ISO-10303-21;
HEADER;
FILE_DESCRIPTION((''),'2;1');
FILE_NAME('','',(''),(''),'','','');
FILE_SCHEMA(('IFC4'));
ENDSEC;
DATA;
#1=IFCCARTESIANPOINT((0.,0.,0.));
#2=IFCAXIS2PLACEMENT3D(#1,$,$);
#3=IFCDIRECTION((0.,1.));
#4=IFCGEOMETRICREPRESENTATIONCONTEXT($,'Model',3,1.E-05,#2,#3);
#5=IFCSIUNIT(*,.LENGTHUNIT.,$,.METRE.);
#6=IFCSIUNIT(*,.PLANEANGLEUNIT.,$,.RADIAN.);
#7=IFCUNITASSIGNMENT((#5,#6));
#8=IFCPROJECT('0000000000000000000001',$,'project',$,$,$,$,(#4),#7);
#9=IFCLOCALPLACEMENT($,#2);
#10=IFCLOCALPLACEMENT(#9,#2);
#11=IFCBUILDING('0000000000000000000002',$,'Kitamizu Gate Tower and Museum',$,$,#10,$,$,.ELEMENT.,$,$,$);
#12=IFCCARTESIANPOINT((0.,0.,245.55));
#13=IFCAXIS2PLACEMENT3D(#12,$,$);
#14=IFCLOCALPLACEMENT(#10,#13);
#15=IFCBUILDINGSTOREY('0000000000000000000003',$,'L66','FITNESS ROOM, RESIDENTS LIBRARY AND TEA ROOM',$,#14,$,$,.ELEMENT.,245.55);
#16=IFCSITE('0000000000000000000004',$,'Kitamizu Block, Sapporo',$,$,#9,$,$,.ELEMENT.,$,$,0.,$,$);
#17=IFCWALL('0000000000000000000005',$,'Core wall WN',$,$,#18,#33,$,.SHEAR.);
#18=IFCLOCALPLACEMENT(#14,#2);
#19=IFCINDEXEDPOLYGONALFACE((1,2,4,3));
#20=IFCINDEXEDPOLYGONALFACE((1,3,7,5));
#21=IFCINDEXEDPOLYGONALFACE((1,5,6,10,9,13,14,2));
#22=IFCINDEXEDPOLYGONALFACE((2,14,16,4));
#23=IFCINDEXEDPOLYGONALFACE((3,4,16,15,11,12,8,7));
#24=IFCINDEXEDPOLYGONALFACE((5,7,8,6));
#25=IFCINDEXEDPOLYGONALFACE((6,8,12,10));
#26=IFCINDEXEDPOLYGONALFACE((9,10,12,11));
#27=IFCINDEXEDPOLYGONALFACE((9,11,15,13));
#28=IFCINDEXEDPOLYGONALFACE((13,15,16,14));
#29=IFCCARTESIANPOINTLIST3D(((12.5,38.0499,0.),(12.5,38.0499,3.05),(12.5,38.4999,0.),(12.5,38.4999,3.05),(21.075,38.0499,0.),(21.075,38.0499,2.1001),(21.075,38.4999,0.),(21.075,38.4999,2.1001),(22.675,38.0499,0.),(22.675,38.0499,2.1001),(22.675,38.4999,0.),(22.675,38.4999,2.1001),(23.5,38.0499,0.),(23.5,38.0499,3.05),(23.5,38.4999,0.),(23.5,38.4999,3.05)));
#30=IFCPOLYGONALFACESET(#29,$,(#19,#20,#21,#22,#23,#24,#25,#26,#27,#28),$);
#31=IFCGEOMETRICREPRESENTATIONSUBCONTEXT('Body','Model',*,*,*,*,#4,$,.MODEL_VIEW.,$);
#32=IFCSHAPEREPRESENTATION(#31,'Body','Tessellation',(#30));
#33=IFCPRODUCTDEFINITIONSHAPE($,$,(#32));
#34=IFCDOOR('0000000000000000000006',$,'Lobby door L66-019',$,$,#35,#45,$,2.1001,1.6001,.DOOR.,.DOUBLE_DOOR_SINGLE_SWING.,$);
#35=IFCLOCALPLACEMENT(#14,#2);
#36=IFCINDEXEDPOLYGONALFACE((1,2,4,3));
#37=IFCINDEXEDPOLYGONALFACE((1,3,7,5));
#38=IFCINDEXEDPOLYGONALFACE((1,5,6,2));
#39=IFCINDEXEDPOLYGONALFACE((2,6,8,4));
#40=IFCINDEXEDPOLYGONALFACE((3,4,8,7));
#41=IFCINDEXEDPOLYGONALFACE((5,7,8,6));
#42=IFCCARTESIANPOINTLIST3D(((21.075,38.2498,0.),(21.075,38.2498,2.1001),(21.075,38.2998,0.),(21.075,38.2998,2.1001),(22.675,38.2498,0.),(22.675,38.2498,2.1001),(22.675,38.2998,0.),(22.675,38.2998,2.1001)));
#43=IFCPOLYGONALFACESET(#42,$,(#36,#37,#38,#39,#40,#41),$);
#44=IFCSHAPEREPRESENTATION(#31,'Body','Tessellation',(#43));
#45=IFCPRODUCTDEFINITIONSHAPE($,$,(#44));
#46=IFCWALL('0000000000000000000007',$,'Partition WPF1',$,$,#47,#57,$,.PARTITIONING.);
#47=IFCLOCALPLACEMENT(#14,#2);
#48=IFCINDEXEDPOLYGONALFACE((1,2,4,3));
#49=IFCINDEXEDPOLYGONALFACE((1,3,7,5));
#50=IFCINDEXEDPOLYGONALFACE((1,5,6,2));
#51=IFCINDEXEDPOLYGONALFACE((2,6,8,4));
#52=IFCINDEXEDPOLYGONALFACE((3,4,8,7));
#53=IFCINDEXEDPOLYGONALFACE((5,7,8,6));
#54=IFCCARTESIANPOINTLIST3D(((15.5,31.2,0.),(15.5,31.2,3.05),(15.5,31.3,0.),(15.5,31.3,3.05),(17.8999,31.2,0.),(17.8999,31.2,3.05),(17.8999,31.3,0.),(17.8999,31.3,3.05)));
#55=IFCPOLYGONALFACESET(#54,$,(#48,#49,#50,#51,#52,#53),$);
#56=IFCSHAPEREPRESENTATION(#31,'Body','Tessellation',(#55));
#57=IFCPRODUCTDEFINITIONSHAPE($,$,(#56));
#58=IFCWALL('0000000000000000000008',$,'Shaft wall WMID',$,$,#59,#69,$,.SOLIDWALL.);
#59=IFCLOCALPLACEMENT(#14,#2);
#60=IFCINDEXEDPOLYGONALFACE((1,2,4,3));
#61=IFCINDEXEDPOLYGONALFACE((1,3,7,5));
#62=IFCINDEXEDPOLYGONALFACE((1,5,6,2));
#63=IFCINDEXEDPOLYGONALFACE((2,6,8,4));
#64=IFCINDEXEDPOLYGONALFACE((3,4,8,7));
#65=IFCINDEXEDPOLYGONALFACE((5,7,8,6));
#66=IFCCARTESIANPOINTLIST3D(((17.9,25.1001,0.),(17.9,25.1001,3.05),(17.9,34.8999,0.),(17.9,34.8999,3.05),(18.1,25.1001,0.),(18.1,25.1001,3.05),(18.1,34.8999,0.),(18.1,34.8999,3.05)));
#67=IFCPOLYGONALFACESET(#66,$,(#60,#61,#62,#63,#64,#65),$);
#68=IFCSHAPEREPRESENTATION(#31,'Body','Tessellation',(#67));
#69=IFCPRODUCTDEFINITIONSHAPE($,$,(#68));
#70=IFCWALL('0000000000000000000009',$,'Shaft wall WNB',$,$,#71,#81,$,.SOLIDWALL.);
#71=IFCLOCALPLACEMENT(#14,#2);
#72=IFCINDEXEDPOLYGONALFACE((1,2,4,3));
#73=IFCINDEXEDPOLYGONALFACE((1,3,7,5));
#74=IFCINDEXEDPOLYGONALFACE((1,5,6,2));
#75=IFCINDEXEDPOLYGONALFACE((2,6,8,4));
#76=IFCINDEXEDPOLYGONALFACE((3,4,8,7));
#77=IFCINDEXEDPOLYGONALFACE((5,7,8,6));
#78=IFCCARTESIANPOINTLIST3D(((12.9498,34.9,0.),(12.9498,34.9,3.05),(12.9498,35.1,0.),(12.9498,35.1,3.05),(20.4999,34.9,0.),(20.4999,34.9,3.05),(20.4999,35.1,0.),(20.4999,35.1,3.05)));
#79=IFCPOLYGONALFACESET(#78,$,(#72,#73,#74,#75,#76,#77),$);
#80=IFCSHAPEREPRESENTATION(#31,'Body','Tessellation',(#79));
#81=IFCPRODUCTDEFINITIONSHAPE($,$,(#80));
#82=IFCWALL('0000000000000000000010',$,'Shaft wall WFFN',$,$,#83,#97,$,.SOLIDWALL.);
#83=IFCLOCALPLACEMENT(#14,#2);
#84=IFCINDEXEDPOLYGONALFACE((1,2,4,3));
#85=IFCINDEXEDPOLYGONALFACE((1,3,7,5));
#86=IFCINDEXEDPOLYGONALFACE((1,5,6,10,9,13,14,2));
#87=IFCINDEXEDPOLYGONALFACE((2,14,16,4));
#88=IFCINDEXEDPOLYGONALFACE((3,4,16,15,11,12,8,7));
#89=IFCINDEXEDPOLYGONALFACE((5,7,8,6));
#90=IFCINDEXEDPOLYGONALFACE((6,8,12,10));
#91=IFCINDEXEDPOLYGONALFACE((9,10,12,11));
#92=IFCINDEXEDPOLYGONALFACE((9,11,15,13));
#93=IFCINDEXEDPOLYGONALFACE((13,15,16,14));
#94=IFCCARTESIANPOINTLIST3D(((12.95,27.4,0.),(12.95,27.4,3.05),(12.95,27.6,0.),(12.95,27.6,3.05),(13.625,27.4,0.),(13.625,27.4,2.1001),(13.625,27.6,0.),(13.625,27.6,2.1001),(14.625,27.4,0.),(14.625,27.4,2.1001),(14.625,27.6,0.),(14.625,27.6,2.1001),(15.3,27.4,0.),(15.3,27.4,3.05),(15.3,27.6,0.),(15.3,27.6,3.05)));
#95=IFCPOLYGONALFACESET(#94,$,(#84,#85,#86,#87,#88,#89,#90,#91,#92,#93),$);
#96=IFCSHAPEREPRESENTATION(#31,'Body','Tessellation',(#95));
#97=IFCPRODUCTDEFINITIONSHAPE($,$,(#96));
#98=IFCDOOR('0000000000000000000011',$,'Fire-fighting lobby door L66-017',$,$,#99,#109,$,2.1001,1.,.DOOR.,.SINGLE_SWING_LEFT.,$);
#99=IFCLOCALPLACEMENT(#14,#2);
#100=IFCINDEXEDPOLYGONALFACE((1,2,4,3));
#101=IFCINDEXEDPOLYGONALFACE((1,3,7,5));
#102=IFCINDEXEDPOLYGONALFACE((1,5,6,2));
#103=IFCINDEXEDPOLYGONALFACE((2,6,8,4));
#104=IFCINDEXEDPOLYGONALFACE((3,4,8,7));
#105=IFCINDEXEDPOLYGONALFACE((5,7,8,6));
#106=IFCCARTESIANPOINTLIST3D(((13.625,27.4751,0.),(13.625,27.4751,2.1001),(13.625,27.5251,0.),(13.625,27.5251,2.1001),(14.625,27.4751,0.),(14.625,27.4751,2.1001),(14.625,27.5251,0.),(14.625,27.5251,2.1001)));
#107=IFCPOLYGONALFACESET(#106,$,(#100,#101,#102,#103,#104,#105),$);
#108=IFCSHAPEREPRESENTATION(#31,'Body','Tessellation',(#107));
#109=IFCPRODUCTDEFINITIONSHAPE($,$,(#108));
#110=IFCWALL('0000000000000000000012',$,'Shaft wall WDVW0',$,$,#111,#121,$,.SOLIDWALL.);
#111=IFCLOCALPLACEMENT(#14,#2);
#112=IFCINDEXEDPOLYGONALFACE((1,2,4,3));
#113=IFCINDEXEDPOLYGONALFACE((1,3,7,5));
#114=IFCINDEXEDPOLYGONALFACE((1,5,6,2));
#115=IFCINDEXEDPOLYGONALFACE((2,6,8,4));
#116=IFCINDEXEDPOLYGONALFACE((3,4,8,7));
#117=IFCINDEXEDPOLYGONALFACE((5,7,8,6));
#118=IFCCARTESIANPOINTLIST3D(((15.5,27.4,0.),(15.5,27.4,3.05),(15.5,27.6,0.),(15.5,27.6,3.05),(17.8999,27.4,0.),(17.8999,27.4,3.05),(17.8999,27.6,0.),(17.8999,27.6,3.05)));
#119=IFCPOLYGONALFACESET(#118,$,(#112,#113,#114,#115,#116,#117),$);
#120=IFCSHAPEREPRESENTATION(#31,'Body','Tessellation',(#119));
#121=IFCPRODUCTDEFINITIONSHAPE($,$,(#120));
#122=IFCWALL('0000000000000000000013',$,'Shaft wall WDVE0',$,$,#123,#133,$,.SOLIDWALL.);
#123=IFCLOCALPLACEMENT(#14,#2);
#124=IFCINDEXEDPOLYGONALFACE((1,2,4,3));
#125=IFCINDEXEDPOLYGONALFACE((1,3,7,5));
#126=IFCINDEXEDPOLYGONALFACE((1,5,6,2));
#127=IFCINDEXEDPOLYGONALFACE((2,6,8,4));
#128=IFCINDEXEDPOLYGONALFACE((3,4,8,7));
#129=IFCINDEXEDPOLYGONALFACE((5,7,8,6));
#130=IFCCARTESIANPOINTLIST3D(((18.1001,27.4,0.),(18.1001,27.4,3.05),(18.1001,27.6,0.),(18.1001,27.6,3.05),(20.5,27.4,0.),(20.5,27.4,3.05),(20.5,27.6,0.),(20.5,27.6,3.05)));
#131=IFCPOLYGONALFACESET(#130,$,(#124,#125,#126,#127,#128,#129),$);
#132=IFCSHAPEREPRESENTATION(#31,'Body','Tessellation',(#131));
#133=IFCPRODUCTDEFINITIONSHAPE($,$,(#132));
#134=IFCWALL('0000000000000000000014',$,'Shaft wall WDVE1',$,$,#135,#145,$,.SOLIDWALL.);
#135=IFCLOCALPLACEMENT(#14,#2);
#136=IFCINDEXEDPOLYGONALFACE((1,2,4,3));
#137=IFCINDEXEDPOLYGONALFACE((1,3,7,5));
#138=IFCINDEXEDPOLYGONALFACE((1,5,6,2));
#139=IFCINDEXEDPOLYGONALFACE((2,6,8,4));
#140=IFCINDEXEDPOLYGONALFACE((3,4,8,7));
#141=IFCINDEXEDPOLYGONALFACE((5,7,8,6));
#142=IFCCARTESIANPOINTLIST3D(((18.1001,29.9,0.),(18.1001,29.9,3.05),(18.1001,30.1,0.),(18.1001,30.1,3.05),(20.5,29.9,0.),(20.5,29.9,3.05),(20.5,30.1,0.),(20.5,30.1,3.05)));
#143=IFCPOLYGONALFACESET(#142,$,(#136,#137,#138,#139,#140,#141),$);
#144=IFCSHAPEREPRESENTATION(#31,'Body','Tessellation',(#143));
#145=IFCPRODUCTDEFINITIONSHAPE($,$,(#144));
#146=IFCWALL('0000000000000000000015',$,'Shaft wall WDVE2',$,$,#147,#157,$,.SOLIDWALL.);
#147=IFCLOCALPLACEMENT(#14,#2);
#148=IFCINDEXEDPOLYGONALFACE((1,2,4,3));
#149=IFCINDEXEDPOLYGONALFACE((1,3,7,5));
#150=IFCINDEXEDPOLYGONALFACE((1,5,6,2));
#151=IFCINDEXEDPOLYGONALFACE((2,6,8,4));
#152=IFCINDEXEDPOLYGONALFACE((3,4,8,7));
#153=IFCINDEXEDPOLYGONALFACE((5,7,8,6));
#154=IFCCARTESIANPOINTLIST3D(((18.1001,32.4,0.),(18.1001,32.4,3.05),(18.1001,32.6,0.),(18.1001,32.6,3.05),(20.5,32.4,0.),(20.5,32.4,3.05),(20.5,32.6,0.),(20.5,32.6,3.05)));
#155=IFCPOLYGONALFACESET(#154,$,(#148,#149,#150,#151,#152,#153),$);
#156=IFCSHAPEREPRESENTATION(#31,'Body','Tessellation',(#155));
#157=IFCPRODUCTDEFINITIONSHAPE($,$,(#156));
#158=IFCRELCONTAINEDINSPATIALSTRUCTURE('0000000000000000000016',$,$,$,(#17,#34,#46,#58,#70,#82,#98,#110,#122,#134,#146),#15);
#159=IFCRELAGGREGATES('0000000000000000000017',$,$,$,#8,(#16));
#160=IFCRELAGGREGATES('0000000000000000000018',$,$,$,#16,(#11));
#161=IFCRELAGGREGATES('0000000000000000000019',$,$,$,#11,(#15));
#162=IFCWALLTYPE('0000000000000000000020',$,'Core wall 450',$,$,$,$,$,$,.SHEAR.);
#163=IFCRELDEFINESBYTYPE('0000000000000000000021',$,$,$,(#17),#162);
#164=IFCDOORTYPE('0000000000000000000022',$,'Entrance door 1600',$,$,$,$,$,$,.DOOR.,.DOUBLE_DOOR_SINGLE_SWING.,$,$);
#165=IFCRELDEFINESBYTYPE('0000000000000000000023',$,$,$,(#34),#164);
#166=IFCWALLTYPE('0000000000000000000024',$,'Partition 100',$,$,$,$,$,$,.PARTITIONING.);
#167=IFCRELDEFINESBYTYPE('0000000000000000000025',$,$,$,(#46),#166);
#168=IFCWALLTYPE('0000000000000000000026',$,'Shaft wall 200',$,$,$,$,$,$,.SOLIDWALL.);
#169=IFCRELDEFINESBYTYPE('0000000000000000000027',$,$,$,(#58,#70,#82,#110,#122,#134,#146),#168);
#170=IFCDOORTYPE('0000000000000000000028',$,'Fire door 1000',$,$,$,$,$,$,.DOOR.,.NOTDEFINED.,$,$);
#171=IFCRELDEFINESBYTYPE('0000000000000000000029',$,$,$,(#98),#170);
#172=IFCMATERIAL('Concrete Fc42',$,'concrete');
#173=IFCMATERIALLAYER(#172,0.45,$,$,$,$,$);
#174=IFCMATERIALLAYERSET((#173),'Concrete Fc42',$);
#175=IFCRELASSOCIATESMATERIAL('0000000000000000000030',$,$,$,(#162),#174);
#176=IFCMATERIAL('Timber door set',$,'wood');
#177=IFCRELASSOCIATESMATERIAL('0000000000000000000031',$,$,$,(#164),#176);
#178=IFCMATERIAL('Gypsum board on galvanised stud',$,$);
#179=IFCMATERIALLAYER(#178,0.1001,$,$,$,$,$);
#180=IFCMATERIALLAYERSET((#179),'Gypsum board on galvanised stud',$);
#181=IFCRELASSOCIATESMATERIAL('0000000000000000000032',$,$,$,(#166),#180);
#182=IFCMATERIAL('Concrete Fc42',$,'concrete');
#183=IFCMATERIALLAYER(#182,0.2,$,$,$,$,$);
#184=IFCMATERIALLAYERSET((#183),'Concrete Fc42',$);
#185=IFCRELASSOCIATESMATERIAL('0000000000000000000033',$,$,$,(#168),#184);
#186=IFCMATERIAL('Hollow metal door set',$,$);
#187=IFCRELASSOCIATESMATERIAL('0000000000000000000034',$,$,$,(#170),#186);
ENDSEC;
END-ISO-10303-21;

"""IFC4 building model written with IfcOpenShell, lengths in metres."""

from ifc_helpers import new_model, si_unit, direction, frame, frame_2d, origin, place, context, subcontext, project, spatial, rectangle, extrude, material, layer, layer_set, type_object, element, fill, save


model = new_model("IFC4")

# Units and contexts
model_context = context("Model", 3, precision=1e-05, world=origin(), true_north=direction((0.0, 1.0)))
body_context = subcontext(model_context, "Body", "Model", "MODEL_VIEW")
ifc_project = project(units=[si_unit("LENGTHUNIT", "METRE"), si_unit("PLANEANGLEUNIT", "RADIAN")], contexts=[model_context])

# Site, building, storey
site_placement = place(None, origin())
site = spatial("IfcSite", under=ifc_project, at=site_placement, Name="Kitamizu Block, Sapporo", CompositionType="ELEMENT", RefElevation=0.0)
building_placement = place(site_placement, origin())
building = spatial("IfcBuilding", under=site, at=building_placement, Name="Kitamizu Gate Tower and Museum", CompositionType="ELEMENT")
storey_placement = place(building_placement, frame((0.0, 0.0, 245.55)))
storey = spatial("IfcBuildingStorey", under=building, at=storey_placement, Name="L66", Description="FITNESS ROOM, RESIDENTS LIBRARY AND TEA ROOM", CompositionType="ELEMENT", Elevation=245.55)

# Wall, opening, door
ifc_material_1 = material(Name="Concrete Fc42", Category="concrete")
ifc_layer_1 = layer(ifc_material_1, 0.45)
ifc_layer_set_1 = layer_set([ifc_layer_1], Name="Concrete Fc42")
wall_type_1 = type_object("IfcWallType", Name="Core wall 450", PredefinedType="SHEAR", material=ifc_layer_set_1)
wall_1_placement = place(storey_placement, frame((12.5, 38.2749, 0.0), z_axis=(0.0, 0.0, 1.0), x_axis=(1.0, 0.0, 0.0)))
wall_1 = element("IfcWall", 1, at=wall_1_placement, inside=storey, type_object=wall_type_1, Name="Core wall WN", PredefinedType="SHEAR", context=body_context, shape_type="SweptSolid", body=[
    extrude(rectangle(XDim=11.0, YDim=0.45, at=frame_2d((5.5, 0.0))), origin(), (0.0, 0.0, 1.0), 3.05),
])
opening_1_placement = place(wall_1_placement, frame((8.575, 0.0, 0.0)))
opening_1 = element("IfcOpeningElement", 2, at=opening_1_placement, cuts=wall_1, PredefinedType="OPENING", context=body_context, shape_type="SweptSolid", body=[
    extrude(rectangle(XDim=1.6001, YDim=2.1001, at=frame_2d((0.8, 1.05))), frame((0.0, 0.2349, 0.0), z_axis=(0.0, -1.0, 0.0), x_axis=(1.0, 0.0, 0.0)), (0.0, 0.0, 1.0), 0.47),
])
ifc_material_2 = material(Name="Timber door set", Category="wood")
door_type_1 = type_object("IfcDoorType", Name="Entrance door 1600", OperationType="DOUBLE_DOOR_SINGLE_SWING", PredefinedType="DOOR", material=ifc_material_2)
door_1_placement = place(opening_1_placement, origin())
door_1 = element("IfcDoor", 3, at=door_1_placement, inside=storey, type_object=door_type_1, Name="Lobby door L66-019", OperationType="DOUBLE_DOOR_SINGLE_SWING", OverallHeight=2.1001, OverallWidth=1.6001, PredefinedType="DOOR", context=body_context, shape_type="SweptSolid", body=[
    extrude(rectangle(XDim=1.6001, YDim=2.1001, at=frame_2d((0.8, 1.05))), frame((0.0, 0.0249, 0.0), z_axis=(0.0, -1.0, 0.0), x_axis=(1.0, 0.0, 0.0)), (0.0, 0.0, 1.0), 0.05),
])
fill(opening_1, door_1)

# Walls
ifc_material_3 = material(Name="Gypsum board on galvanised stud")
ifc_layer_2 = layer(ifc_material_3, 0.1001)
ifc_layer_set_2 = layer_set([ifc_layer_2], Name="Gypsum board on galvanised stud")
wall_type_2 = type_object("IfcWallType", Name="Partition 100", PredefinedType="PARTITIONING", material=ifc_layer_set_2)
wall_2_placement = place(storey_placement, frame((15.5, 31.25, 0.0), z_axis=(0.0, 0.0, 1.0), x_axis=(1.0, 0.0, 0.0)))
element("IfcWall", 4, at=wall_2_placement, inside=storey, type_object=wall_type_2, Name="Partition WPF1", PredefinedType="PARTITIONING", context=body_context, shape_type="SweptSolid", body=[
    extrude(rectangle(XDim=2.3999, YDim=0.1001, at=frame_2d((1.2, 0.0))), origin(), (0.0, 0.0, 1.0), 3.05),
])
ifc_material_4 = material(Name="Concrete Fc42", Category="concrete")
ifc_layer_3 = layer(ifc_material_4, 0.2)
ifc_layer_set_3 = layer_set([ifc_layer_3], Name="Concrete Fc42")
wall_type_3 = type_object("IfcWallType", Name="Shaft wall 200", PredefinedType="SOLIDWALL", material=ifc_layer_set_3)
wall_3_placement = place(storey_placement, frame((18.0, 25.1001, 0.0), z_axis=(0.0, 0.0, 1.0), x_axis=(0.0, 1.0, 0.0)))
element("IfcWall", 5, at=wall_3_placement, inside=storey, type_object=wall_type_3, Name="Shaft wall WMID", PredefinedType="SOLIDWALL", context=body_context, shape_type="SweptSolid", body=[
    extrude(rectangle(XDim=9.7998, YDim=0.2, at=frame_2d((4.8999, 0.0))), origin(), (0.0, 0.0, 1.0), 3.05),
])
wall_4_placement = place(storey_placement, frame((12.95, 35.0, 0.0), z_axis=(0.0, 0.0, 1.0), x_axis=(1.0, 0.0, 0.0)))
element("IfcWall", 6, at=wall_4_placement, inside=storey, type_object=wall_type_3, Name="Shaft wall WNB", PredefinedType="SOLIDWALL", context=body_context, shape_type="SweptSolid", body=[
    extrude(rectangle(XDim=7.55, YDim=0.2, at=frame_2d((3.7749, 0.0))), origin(), (0.0, 0.0, 1.0), 3.05),
])

# Wall, opening, door
wall_5_placement = place(storey_placement, frame((12.95, 27.5, 0.0), z_axis=(0.0, 0.0, 1.0), x_axis=(1.0, 0.0, 0.0)))
wall_5 = element("IfcWall", 7, at=wall_5_placement, inside=storey, type_object=wall_type_3, Name="Shaft wall WFFN", PredefinedType="SOLIDWALL", context=body_context, shape_type="SweptSolid", body=[
    extrude(rectangle(XDim=2.3501, YDim=0.2, at=frame_2d((1.175, 0.0))), origin(), (0.0, 0.0, 1.0), 3.05),
])
opening_2_placement = place(wall_5_placement, frame((0.675, 0.0, 0.0)))
opening_2 = element("IfcOpeningElement", 8, at=opening_2_placement, cuts=wall_5, PredefinedType="OPENING", context=body_context, shape_type="SweptSolid", body=[
    extrude(rectangle(XDim=1.0, YDim=2.1001, at=frame_2d((0.5, 1.05))), frame((0.0, 0.1099, 0.0), z_axis=(0.0, -1.0, 0.0), x_axis=(1.0, 0.0, 0.0)), (0.0, 0.0, 1.0), 0.22),
])
ifc_material_5 = material(Name="Hollow metal door set")
door_type_2 = type_object("IfcDoorType", Name="Fire door 1000", OperationType="NOTDEFINED", PredefinedType="DOOR", material=ifc_material_5)
door_2_placement = place(opening_2_placement, frame((1.0, 0.0, 0.0), x_axis=(-1.0, 0.0, 0.0)))
door_2 = element("IfcDoor", 9, at=door_2_placement, inside=storey, type_object=door_type_2, Name="Fire-fighting lobby door L66-017", OperationType="SINGLE_SWING_LEFT", OverallHeight=2.1001, OverallWidth=1.0, PredefinedType="DOOR", context=body_context, shape_type="SweptSolid", body=[
    extrude(rectangle(XDim=1.0, YDim=2.1001, at=frame_2d((0.5, 1.05))), frame((0.0, 0.0249, 0.0), z_axis=(0.0, -1.0, 0.0), x_axis=(1.0, 0.0, 0.0)), (0.0, 0.0, 1.0), 0.05),
])
fill(opening_2, door_2)

# Walls
for number, where, z_axis, x_axis, name in (
    (10, (15.5, 27.5, 0.0), (0.0, 0.0, 1.0), (1.0, 0.0, 0.0), "Shaft wall WDVW0"),
    (11, (18.1001, 27.5, 0.0), (0.0, 0.0, 1.0), (1.0, 0.0, 0.0), "Shaft wall WDVE0"),
    (12, (18.1001, 30.0, 0.0), (0.0, 0.0, 1.0), (1.0, 0.0, 0.0), "Shaft wall WDVE1"),
    (13, (18.1001, 32.5, 0.0), (0.0, 0.0, 1.0), (1.0, 0.0, 0.0), "Shaft wall WDVE2"),
):
    element("IfcWall", number, at=place(storey_placement, frame(where, z_axis=z_axis, x_axis=x_axis)), inside=storey, type_object=wall_type_3, Name=name, PredefinedType="SOLIDWALL", context=body_context, shape_type="SweptSolid", body=[
        extrude(rectangle(XDim=2.3999, YDim=0.2, at=frame_2d((1.2, 0.0))), origin(), (0.0, 0.0, 1.0), 3.05),
    ])

save(model, "model.ifc")
